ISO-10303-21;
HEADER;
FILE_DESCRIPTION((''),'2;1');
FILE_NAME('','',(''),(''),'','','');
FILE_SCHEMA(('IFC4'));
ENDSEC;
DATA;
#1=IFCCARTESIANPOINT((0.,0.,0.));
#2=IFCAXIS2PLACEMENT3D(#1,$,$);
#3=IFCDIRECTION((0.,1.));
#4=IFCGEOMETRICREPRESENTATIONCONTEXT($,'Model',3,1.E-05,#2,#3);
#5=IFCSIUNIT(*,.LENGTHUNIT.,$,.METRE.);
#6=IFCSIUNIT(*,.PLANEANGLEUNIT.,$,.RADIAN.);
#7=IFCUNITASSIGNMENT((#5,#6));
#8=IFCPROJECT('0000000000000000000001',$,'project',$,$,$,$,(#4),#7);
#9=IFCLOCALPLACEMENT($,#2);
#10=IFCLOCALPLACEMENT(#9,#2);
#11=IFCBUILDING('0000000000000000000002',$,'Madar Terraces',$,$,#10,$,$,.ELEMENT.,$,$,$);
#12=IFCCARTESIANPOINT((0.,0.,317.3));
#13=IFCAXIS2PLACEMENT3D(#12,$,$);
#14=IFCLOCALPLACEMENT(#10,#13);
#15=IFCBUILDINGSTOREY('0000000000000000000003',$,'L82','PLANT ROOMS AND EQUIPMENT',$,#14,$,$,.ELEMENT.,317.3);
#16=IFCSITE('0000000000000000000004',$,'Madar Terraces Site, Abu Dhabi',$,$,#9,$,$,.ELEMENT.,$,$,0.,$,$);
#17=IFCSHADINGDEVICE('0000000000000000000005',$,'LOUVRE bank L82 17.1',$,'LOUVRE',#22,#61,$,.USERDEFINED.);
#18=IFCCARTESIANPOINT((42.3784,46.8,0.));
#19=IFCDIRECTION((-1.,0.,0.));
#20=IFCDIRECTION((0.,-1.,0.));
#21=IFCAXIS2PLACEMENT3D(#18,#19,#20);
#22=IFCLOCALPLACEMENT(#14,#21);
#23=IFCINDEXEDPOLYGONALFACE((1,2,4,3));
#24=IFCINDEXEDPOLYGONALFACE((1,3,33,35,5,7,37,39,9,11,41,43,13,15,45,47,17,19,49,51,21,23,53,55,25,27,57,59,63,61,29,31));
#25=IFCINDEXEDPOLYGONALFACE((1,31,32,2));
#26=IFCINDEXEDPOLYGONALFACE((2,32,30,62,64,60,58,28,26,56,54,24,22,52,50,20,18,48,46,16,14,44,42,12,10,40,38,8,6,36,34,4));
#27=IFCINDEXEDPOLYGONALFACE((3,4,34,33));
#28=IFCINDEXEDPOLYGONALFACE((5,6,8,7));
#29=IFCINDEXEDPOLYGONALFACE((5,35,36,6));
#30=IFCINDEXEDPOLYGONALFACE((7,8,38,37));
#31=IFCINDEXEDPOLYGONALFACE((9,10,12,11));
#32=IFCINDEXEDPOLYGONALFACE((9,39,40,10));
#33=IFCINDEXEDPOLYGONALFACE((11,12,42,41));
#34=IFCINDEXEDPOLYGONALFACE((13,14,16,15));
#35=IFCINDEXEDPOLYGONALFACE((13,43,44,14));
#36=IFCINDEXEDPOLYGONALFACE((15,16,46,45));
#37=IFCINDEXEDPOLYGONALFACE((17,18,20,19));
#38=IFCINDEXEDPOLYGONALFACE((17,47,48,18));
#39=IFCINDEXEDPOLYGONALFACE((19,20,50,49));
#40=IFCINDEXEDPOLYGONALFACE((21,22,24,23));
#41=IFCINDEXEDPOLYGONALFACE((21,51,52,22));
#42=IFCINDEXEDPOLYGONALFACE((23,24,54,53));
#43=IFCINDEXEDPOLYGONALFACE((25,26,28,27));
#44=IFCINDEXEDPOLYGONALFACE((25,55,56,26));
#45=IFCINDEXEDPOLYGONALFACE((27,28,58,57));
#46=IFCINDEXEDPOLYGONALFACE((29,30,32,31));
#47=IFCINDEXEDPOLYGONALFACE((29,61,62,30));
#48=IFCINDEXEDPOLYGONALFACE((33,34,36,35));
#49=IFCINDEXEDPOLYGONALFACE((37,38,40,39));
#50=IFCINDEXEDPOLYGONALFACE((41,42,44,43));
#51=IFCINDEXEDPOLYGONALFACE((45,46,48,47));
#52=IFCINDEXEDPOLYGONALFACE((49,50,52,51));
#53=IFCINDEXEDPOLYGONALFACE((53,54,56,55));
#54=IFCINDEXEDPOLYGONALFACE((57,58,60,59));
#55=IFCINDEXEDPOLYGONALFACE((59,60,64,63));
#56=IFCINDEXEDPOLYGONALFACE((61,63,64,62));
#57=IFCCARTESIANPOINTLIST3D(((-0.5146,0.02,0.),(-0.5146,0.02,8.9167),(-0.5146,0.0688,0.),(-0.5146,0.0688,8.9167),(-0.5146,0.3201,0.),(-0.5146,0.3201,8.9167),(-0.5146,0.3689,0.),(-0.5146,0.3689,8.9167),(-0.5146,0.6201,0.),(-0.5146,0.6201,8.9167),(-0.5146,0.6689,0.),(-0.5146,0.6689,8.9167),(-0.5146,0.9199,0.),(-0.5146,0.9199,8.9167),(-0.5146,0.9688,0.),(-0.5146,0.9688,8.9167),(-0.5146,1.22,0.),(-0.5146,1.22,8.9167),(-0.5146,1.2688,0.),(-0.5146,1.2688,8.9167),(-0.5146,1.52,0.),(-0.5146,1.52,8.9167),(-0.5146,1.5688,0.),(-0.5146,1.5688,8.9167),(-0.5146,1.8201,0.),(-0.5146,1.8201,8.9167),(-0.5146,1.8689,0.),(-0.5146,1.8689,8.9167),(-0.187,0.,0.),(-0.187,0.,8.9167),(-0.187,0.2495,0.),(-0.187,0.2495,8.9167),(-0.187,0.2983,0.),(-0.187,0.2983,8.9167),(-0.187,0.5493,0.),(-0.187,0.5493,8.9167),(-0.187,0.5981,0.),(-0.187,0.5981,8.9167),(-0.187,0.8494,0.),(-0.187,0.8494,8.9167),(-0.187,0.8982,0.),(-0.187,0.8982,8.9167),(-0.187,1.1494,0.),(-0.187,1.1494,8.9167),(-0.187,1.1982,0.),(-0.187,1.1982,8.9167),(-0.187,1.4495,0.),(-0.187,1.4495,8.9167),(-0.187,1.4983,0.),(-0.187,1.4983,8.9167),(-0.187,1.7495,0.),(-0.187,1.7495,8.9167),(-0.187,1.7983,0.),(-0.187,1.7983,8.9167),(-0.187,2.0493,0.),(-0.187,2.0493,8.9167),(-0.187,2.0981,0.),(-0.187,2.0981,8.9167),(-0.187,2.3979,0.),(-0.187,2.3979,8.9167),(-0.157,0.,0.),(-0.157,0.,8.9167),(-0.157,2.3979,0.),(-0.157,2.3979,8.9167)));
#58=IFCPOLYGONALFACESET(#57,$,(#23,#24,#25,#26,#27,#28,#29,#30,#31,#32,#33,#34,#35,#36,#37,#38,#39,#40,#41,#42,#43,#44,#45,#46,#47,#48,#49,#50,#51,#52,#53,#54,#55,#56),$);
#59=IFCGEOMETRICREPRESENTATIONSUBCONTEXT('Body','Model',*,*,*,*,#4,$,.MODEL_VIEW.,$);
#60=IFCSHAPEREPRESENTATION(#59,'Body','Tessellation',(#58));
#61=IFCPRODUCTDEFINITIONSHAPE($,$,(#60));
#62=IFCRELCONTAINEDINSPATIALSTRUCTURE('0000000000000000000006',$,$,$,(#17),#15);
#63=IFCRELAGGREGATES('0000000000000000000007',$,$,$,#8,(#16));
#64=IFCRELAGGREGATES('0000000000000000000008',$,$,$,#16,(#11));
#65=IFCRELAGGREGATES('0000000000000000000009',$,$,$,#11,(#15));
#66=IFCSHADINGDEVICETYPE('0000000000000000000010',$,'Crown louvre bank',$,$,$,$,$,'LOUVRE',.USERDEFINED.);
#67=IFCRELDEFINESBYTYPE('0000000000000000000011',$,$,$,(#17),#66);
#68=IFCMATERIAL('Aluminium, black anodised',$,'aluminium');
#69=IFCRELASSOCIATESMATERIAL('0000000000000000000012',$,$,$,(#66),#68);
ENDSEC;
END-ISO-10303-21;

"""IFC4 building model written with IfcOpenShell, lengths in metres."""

from ifc_helpers import new_model, si_unit, direction, frame, origin, place, context, subcontext, project, spatial, polyline, outline, extrude, material, type_object, element, save


model = new_model("IFC4")

# Units and contexts
model_context = context("Model", 3, precision=1e-05, world=origin(), true_north=direction((0.0, 1.0)))
body_context = subcontext(model_context, "Body", "Model", "MODEL_VIEW")
ifc_project = project(units=[si_unit("LENGTHUNIT", "METRE"), si_unit("PLANEANGLEUNIT", "RADIAN")], contexts=[model_context])

# Site, building, storey
site_placement = place(None, origin())
site = spatial("IfcSite", under=ifc_project, at=site_placement, Name="Madar Terraces Site, Abu Dhabi", CompositionType="ELEMENT", RefElevation=0.0)
building_placement = place(site_placement, origin())
building = spatial("IfcBuilding", under=site, at=building_placement, Name="Madar Terraces", CompositionType="ELEMENT")
storey_placement = place(building_placement, frame((0.0, 0.0, 317.3)))
storey = spatial("IfcBuildingStorey", under=building, at=storey_placement, Name="L82", Description="PLANT ROOMS AND EQUIPMENT", CompositionType="ELEMENT", Elevation=317.3)

# Shading device
ifc_material_1 = material(Name="Aluminium, black anodised", Category="aluminium")
shading_device_type = type_object("IfcShadingDeviceType", Name="Crown louvre bank", ElementType="LOUVRE", PredefinedType="USERDEFINED", material=ifc_material_1)
shading_device_1_placement = place(storey_placement, frame((42.3784, 46.8, 0.0), z_axis=(-1.0, 0.0, 0.0), x_axis=(0.0, -1.0, 0.0)))
element("IfcShadingDevice", 1, at=shading_device_1_placement, inside=storey, type_object=shading_device_type, Name="LOUVRE bank L82 17.1", ObjectType="LOUVRE", PredefinedType="USERDEFINED", context=body_context, shape_type="SweptSolid", body=[
    extrude(outline(polyline([(-0.157, 0.0), (-0.187, 0.0), (-0.187, 0.2495), (-0.5146, 0.02), (-0.5146, 0.0688), (-0.187, 0.2983), (-0.187, 0.5493), (-0.5146, 0.3201), (-0.5146, 0.3689), (-0.187, 0.5981), (-0.187, 0.8494), (-0.5146, 0.6201), (-0.5146, 0.6689), (-0.187, 0.8982), (-0.187, 1.1494), (-0.5146, 0.9199), (-0.5146, 0.9688), (-0.187, 1.1982), (-0.187, 1.4495), (-0.5146, 1.22), (-0.5146, 1.2688), (-0.187, 1.4983), (-0.187, 1.7495), (-0.5146, 1.52), (-0.5146, 1.5688), (-0.187, 1.7983), (-0.187, 2.0493), (-0.5146, 1.8201), (-0.5146, 1.8689), (-0.187, 2.0981), (-0.187, 2.3979), (-0.157, 2.3979), (-0.157, 0.0)])), origin(), (0.0, 0.0, 1.0), 8.9167),
])

save(model, "model.ifc")
